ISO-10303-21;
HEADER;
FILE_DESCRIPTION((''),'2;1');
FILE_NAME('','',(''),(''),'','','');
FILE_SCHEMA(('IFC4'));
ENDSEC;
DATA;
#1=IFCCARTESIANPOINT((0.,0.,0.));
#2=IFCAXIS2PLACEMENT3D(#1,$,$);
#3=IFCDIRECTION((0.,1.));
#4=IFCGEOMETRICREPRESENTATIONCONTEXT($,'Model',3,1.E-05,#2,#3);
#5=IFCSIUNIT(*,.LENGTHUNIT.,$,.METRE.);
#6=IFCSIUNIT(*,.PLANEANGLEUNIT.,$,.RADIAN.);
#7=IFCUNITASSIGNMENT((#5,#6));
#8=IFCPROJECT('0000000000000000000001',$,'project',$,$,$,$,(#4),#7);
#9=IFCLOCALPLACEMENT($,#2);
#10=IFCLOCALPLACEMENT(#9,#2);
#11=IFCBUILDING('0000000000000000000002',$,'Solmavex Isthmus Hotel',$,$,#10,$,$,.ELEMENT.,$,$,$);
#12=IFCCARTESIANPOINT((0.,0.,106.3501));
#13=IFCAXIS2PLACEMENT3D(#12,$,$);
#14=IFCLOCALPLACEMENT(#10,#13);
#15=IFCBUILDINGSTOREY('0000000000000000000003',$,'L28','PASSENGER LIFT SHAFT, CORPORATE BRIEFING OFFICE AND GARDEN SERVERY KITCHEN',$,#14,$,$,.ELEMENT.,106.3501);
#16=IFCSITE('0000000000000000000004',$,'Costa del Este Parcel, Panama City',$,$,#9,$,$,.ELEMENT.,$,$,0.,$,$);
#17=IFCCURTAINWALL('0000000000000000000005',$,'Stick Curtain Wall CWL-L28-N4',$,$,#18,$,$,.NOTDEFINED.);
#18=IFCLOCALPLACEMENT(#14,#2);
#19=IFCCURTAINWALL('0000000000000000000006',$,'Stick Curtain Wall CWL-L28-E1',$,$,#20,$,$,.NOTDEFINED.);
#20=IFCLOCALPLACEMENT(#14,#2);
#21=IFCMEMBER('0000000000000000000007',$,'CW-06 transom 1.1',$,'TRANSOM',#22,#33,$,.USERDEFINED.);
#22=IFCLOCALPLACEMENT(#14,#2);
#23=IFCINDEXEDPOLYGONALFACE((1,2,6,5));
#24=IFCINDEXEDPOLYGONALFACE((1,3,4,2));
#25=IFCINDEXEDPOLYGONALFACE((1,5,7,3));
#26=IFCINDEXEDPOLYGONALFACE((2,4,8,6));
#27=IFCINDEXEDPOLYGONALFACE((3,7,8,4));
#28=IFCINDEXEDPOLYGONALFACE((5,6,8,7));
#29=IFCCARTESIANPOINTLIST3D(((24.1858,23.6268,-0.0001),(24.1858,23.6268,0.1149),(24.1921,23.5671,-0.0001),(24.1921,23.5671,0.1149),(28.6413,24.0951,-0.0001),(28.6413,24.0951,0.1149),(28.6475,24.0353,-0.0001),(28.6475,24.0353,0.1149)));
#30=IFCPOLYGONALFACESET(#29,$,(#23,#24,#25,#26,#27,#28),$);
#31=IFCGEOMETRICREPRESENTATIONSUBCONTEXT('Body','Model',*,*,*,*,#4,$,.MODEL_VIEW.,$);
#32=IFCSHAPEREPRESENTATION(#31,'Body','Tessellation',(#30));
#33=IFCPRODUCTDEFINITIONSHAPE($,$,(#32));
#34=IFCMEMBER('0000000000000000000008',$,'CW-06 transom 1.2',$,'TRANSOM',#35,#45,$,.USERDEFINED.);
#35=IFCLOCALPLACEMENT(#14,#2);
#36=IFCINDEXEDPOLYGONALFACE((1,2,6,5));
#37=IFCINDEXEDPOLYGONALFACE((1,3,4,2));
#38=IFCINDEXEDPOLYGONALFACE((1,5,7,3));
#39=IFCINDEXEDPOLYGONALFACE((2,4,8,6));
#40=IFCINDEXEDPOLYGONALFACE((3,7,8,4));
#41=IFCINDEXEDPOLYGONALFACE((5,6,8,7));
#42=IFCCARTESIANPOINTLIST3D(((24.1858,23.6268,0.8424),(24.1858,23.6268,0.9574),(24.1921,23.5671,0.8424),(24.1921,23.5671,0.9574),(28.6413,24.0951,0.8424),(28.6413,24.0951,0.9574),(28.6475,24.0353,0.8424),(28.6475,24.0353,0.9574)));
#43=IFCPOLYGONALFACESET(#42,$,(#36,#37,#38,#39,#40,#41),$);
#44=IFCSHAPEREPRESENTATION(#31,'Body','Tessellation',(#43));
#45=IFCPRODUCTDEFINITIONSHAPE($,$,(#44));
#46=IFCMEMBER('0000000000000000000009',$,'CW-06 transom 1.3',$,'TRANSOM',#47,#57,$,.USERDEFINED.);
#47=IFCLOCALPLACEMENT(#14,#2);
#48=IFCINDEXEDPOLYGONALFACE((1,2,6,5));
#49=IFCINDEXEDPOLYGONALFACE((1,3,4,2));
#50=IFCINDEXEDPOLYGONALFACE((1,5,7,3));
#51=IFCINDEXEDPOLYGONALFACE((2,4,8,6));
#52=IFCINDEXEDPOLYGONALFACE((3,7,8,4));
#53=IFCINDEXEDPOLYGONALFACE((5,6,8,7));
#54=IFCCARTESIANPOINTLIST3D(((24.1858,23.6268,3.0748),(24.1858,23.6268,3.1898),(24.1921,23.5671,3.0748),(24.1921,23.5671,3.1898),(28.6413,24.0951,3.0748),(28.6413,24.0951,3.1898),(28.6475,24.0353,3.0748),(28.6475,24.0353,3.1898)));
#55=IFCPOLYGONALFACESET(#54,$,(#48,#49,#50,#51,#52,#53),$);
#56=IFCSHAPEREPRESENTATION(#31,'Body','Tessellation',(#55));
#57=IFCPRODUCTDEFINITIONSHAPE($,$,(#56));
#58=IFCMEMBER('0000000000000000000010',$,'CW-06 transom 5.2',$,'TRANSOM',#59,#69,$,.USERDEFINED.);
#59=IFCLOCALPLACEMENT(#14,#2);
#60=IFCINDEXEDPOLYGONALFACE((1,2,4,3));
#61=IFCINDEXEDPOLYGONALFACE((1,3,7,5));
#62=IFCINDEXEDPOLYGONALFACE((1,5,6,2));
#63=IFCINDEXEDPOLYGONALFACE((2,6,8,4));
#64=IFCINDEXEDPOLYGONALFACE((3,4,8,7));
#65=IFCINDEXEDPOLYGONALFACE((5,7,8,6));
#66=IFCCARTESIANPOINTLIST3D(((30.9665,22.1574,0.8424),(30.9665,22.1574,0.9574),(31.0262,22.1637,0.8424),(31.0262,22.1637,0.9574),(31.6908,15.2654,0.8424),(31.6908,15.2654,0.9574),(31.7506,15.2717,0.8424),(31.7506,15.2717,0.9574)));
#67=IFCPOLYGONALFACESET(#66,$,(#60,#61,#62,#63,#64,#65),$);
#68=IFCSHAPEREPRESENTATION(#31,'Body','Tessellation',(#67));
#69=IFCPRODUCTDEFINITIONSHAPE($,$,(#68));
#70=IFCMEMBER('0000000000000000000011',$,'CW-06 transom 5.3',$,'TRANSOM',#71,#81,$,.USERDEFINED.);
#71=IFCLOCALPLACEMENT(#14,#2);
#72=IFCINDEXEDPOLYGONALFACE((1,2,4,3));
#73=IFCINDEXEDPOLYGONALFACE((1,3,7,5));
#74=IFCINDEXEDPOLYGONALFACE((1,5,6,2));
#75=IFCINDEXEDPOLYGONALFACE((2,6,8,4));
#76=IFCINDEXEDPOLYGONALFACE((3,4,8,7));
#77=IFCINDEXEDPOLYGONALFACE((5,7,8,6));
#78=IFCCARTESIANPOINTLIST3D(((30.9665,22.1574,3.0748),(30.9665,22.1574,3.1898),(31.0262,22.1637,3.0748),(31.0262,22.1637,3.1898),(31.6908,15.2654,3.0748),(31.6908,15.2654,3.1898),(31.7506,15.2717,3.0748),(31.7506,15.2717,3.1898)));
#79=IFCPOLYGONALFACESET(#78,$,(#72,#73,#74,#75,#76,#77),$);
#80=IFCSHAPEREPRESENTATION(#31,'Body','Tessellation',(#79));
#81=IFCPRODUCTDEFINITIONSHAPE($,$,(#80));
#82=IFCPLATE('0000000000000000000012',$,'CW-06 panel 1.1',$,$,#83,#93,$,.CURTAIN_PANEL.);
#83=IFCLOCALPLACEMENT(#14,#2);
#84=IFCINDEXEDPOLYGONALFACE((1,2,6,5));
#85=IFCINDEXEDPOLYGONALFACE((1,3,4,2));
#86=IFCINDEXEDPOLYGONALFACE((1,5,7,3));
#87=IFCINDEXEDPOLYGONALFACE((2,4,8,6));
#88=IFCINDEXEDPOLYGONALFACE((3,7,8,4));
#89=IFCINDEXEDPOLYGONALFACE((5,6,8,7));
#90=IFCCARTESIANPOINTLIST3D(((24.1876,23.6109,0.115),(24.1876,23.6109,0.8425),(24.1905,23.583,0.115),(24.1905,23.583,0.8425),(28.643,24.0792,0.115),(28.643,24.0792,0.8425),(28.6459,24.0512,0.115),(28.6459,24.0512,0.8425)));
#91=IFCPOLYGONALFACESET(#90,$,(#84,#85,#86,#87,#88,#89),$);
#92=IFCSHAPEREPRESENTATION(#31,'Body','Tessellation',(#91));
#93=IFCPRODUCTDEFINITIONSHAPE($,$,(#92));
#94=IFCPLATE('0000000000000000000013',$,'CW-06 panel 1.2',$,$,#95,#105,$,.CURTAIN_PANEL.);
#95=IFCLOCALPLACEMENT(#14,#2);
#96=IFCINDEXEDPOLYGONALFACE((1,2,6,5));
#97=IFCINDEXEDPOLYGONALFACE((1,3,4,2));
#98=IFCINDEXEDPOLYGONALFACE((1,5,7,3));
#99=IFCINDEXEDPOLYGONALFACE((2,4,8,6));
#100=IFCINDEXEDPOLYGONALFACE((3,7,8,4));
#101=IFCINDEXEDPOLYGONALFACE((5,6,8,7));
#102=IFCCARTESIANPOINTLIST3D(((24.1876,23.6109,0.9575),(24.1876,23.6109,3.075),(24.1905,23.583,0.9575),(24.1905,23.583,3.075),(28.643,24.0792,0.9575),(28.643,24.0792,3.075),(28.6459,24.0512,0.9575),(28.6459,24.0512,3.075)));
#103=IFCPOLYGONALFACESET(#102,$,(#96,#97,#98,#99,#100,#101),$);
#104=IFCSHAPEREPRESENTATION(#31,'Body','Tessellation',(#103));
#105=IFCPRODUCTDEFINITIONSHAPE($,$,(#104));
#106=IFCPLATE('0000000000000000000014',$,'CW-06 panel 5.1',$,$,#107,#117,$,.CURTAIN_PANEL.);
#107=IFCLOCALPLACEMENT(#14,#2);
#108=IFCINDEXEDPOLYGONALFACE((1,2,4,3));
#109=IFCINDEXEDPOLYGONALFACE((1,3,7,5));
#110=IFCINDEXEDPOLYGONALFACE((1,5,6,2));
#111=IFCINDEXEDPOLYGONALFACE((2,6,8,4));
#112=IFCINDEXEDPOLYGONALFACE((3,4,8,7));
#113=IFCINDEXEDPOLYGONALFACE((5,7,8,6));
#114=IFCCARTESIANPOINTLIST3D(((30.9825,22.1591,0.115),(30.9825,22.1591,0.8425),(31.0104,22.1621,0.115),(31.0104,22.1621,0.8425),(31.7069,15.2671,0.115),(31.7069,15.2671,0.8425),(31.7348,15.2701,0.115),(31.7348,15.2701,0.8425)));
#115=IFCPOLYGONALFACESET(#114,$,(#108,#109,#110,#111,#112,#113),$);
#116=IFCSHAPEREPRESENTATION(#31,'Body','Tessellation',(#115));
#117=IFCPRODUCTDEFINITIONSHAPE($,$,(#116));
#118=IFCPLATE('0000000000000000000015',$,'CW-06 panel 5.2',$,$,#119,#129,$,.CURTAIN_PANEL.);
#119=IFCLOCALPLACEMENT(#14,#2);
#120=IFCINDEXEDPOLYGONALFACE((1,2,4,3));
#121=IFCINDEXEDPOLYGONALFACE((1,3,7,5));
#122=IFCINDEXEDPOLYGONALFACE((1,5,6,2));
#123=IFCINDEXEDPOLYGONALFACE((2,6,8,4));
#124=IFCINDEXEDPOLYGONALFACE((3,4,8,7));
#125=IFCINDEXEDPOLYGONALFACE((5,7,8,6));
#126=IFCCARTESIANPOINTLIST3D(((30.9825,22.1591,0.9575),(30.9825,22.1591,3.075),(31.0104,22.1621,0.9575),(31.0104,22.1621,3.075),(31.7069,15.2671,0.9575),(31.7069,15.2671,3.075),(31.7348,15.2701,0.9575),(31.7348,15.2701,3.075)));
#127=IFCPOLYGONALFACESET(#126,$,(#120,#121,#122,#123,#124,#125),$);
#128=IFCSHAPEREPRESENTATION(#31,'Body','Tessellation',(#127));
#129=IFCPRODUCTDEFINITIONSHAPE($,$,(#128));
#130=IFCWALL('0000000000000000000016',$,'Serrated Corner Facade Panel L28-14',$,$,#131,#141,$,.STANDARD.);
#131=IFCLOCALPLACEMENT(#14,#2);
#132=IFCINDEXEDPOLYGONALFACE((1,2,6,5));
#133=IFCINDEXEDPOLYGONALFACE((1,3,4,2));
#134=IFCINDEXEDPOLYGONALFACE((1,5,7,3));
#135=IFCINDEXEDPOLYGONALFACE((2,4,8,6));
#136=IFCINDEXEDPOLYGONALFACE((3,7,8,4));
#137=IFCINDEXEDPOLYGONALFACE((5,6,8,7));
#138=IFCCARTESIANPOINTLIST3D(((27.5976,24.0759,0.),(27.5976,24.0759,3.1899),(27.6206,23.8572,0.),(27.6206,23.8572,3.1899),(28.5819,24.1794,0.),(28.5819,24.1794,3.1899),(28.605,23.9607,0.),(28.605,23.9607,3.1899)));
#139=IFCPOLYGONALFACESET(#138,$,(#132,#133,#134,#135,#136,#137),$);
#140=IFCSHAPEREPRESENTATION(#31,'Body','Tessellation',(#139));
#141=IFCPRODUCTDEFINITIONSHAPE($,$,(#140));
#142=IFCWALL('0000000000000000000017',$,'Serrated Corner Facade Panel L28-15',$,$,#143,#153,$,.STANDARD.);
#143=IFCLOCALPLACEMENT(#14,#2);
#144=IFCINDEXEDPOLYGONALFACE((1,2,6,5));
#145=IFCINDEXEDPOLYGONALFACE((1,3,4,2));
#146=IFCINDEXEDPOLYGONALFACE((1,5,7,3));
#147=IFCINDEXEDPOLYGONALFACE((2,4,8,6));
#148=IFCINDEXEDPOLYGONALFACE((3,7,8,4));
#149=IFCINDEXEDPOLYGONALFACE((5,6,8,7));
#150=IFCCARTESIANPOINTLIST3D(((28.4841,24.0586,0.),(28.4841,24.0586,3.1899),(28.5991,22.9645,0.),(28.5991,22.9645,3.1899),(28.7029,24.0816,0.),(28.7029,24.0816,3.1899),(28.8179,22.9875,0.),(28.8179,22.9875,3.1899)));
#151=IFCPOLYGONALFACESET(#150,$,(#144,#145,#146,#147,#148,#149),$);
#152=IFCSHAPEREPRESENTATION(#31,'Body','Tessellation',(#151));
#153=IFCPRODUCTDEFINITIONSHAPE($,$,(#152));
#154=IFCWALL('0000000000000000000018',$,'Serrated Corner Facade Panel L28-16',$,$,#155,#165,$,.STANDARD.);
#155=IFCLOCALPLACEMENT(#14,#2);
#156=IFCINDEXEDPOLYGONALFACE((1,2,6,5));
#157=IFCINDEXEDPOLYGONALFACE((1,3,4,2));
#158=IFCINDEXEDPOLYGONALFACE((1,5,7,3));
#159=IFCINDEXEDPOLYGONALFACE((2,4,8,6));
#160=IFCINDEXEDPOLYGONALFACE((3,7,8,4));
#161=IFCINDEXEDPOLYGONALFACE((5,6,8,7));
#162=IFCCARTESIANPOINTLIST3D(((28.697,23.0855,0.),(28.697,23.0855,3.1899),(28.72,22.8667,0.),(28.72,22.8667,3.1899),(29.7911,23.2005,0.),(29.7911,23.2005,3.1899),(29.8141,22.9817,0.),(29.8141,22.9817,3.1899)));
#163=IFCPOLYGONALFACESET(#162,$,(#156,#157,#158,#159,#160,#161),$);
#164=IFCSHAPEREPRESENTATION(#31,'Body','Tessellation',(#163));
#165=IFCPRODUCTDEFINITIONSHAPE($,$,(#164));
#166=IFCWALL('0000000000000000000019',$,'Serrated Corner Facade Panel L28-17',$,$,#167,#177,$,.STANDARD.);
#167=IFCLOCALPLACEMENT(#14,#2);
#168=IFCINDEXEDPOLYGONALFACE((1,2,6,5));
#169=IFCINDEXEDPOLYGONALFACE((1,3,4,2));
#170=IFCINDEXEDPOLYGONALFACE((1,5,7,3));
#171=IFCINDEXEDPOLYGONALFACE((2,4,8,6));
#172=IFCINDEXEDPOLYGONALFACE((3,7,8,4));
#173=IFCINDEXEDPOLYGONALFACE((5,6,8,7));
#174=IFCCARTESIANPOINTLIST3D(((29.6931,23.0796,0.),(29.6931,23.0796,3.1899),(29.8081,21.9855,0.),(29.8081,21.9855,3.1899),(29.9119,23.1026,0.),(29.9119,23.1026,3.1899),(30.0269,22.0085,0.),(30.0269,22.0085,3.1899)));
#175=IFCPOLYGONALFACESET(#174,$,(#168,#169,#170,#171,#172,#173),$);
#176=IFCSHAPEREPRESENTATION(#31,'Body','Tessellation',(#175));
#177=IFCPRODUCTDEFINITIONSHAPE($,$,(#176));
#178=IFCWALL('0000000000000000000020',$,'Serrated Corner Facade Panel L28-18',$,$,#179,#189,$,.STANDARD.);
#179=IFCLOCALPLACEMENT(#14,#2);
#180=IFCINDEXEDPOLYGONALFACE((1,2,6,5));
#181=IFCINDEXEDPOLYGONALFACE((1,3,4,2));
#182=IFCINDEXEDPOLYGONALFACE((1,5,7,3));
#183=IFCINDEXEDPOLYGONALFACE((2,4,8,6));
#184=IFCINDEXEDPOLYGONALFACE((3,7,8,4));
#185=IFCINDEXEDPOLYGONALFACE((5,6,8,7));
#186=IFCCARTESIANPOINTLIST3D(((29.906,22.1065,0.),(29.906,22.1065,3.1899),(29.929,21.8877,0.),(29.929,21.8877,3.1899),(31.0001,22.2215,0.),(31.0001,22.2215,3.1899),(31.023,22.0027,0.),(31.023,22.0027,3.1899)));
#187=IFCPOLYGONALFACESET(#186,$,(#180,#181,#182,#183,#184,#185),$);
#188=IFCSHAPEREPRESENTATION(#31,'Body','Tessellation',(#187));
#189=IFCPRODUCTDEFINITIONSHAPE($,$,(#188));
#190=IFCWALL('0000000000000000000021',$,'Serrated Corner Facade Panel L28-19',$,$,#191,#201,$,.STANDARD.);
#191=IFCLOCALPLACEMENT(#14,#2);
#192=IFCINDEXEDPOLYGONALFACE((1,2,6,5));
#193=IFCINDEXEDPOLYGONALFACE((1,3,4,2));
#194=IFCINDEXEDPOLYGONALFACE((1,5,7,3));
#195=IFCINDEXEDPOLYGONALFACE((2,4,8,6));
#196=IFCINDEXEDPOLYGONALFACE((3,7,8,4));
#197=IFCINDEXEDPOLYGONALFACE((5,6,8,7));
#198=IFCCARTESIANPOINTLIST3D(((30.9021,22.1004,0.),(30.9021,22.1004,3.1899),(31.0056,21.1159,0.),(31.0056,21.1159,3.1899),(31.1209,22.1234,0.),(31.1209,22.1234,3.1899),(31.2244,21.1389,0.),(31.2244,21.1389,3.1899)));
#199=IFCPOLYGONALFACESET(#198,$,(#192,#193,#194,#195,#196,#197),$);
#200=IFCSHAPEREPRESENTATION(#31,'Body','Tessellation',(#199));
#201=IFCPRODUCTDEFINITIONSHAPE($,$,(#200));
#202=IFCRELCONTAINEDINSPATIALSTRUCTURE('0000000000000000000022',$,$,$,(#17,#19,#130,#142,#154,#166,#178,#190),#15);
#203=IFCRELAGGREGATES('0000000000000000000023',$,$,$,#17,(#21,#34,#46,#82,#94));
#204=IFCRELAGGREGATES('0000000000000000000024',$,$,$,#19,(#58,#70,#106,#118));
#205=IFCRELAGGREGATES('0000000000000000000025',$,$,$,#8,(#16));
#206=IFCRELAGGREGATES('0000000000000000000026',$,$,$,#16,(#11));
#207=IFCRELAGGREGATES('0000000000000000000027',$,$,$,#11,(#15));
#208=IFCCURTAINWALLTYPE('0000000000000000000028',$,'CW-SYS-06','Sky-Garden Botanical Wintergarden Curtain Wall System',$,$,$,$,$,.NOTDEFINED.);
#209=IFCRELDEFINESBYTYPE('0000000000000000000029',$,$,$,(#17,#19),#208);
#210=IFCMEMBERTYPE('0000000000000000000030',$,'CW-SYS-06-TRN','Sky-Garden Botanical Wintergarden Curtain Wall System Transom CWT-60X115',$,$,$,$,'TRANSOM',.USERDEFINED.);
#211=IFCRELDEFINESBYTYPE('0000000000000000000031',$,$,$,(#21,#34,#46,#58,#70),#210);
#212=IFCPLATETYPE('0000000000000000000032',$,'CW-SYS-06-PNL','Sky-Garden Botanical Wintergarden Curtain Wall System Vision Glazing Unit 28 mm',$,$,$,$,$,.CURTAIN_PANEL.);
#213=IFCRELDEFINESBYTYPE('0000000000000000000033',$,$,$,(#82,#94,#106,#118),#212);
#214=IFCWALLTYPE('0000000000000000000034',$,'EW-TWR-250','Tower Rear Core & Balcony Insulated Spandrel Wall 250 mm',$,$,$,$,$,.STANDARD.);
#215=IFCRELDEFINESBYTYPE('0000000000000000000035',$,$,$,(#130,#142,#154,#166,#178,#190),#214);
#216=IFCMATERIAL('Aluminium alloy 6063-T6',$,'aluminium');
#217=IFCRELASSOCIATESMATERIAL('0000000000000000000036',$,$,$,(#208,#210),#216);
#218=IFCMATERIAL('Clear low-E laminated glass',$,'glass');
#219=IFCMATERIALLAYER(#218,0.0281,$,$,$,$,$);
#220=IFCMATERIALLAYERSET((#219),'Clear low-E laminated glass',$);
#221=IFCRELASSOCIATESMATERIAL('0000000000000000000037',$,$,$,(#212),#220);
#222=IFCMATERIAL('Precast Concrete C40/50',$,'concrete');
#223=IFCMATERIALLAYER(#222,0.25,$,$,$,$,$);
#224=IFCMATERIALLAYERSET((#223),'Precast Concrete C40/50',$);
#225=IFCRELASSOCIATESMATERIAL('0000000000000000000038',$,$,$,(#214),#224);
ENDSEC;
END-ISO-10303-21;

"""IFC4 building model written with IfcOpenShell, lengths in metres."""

from ifc_helpers import new_model, si_unit, direction, frame, frame_2d, origin, origin_2d, place, context, subcontext, project, spatial, rectangle, extrude, material, layer, layer_set, material_profile, profile_set, type_object, element, aggregate, save


model = new_model("IFC4")

# Units and contexts
model_context = context("Model", 3, precision=1e-05, world=origin(), true_north=direction((0.0, 1.0)))
body_context = subcontext(model_context, "Body", "Model", "MODEL_VIEW")
ifc_project = project(units=[si_unit("LENGTHUNIT", "METRE"), si_unit("PLANEANGLEUNIT", "RADIAN")], contexts=[model_context])

# Site, building, storey
site_placement = place(None, origin())
site = spatial("IfcSite", under=ifc_project, at=site_placement, Name="Costa del Este Parcel, Panama City", CompositionType="ELEMENT", RefElevation=0.0)
building_placement = place(site_placement, origin())
building = spatial("IfcBuilding", under=site, at=building_placement, Name="Solmavex Isthmus Hotel", CompositionType="ELEMENT")
storey_placement = place(building_placement, frame((0.0, 0.0, 106.3501)))
storey = spatial("IfcBuildingStorey", under=building, at=storey_placement, Name="L28", Description="PASSENGER LIFT SHAFT, CORPORATE BRIEFING OFFICE AND GARDEN SERVERY KITCHEN", CompositionType="ELEMENT", Elevation=106.3501)

# Shared definitions
ifc_material_1 = material(Name="Aluminium alloy 6063-T6", Category="aluminium")
curtain_wall_type = type_object("IfcCurtainWallType", Name="CW-SYS-06", Description="Sky-Garden Botanical Wintergarden Curtain Wall System", PredefinedType="NOTDEFINED", material=ifc_material_1)

# Curtain wall
curtain_wall_1_placement = place(storey_placement, origin())
curtain_wall_1 = element("IfcCurtainWall", 1, at=curtain_wall_1_placement, inside=storey, type_object=curtain_wall_type, Name="Stick Curtain Wall CWL-L28-N4", PredefinedType="NOTDEFINED")

# Curtain wall
curtain_wall_2_placement = place(storey_placement, origin())
curtain_wall_2 = element("IfcCurtainWall", 2, at=curtain_wall_2_placement, inside=storey, type_object=curtain_wall_type, Name="Stick Curtain Wall CWL-L28-E1", PredefinedType="NOTDEFINED")

# Members
ifc_material_profile_1 = material_profile(ifc_material_1, rectangle(XDim=0.0601, YDim=0.115, at=origin_2d()), Name="CWT-60X115")
ifc_profile_set_1 = profile_set([ifc_material_profile_1], Name="Aluminium alloy 6063-T6")
member_type_1 = type_object("IfcMemberType", Name="CW-SYS-06-TRN", Description="Sky-Garden Botanical Wintergarden Curtain Wall System Transom CWT-60X115", ElementType="TRANSOM", PredefinedType="USERDEFINED", material=ifc_profile_set_1)
member_1_placement = place(storey_placement, frame((24.189, 23.5969, 0.0574), z_axis=(0.994522, 0.104526, 0.0), x_axis=(-0.104526, 0.994522, 0.0)))
member_1 = element("IfcMember", 3, at=member_1_placement, type_object=member_type_1, Name="CW-06 transom 1.1", ObjectType="TRANSOM", PredefinedType="USERDEFINED", context=body_context, shape_type="SweptSolid", body=[
    extrude(rectangle(XDim=0.0601, YDim=0.115, at=origin_2d()), origin(), (0.0, 0.0, 1.0), 4.48),
])
member_2_placement = place(storey_placement, frame((24.189, 23.5969, 0.8999), z_axis=(0.994522, 0.104526, 0.0), x_axis=(-0.104526, 0.994522, 0.0)))
member_2 = element("IfcMember", 4, at=member_2_placement, type_object=member_type_1, Name="CW-06 transom 1.2", ObjectType="TRANSOM", PredefinedType="USERDEFINED", context=body_context, shape_type="SweptSolid", body=[
    extrude(rectangle(XDim=0.0601, YDim=0.115, at=origin_2d()), origin(), (0.0, 0.0, 1.0), 4.48),
])
member_3_placement = place(storey_placement, frame((24.189, 23.5969, 3.1323), z_axis=(0.994522, 0.104526, 0.0), x_axis=(-0.104526, 0.994522, 0.0)))
member_3 = element("IfcMember", 5, at=member_3_placement, type_object=member_type_1, Name="CW-06 transom 1.3", ObjectType="TRANSOM", PredefinedType="USERDEFINED", context=body_context, shape_type="SweptSolid", body=[
    extrude(rectangle(XDim=0.0601, YDim=0.115, at=origin_2d()), origin(), (0.0, 0.0, 1.0), 4.48),
])
member_4_placement = place(storey_placement, frame((31.7207, 15.2686, 0.8999), z_axis=(-0.104525, 0.994522, 0.0), x_axis=(-0.994522, -0.104525, 0.0)))
member_4 = element("IfcMember", 6, at=member_4_placement, type_object=member_type_1, Name="CW-06 transom 5.2", ObjectType="TRANSOM", PredefinedType="USERDEFINED", context=body_context, shape_type="SweptSolid", body=[
    extrude(rectangle(XDim=0.0601, YDim=0.115, at=origin_2d()), origin(), (0.0, 0.0, 1.0), 6.9299),
])
member_5_placement = place(storey_placement, frame((31.7207, 15.2686, 3.1323), z_axis=(-0.104525, 0.994522, 0.0), x_axis=(-0.994522, -0.104525, 0.0)))
member_5 = element("IfcMember", 7, at=member_5_placement, type_object=member_type_1, Name="CW-06 transom 5.3", ObjectType="TRANSOM", PredefinedType="USERDEFINED", context=body_context, shape_type="SweptSolid", body=[
    extrude(rectangle(XDim=0.0601, YDim=0.115, at=origin_2d()), origin(), (0.0, 0.0, 1.0), 6.9299),
])

# Plates
ifc_material_2 = material(Name="Clear low-E laminated glass", Category="glass")
ifc_layer_1 = layer(ifc_material_2, 0.0281)
ifc_layer_set_1 = layer_set([ifc_layer_1], Name="Clear low-E laminated glass")
plate_type = type_object("IfcPlateType", Name="CW-SYS-06-PNL", Description="Sky-Garden Botanical Wintergarden Curtain Wall System Vision Glazing Unit 28 mm", PredefinedType="CURTAIN_PANEL", material=ifc_layer_set_1)
plate_1_placement = place(storey_placement, frame((26.4167, 23.8311, 0.115), z_axis=(0.0, 0.0, 1.0), x_axis=(0.994522, 0.104528, 0.0)))
plate_1 = element("IfcPlate", 8, at=plate_1_placement, type_object=plate_type, Name="CW-06 panel 1.1", PredefinedType="CURTAIN_PANEL", context=body_context, shape_type="SweptSolid", body=[
    extrude(rectangle(XDim=4.48, YDim=0.0281, at=origin_2d()), origin(), (0.0, 0.0, 1.0), 0.7275),
])
plate_2_placement = place(storey_placement, frame((26.4167, 23.8311, 0.9575), z_axis=(0.0, 0.0, 1.0), x_axis=(0.994522, 0.104528, 0.0)))
plate_2 = element("IfcPlate", 9, at=plate_2_placement, type_object=plate_type, Name="CW-06 panel 1.2", PredefinedType="CURTAIN_PANEL", context=body_context, shape_type="SweptSolid", body=[
    extrude(rectangle(XDim=4.48, YDim=0.0281, at=origin_2d()), origin(), (0.0, 0.0, 1.0), 2.1174),
])
aggregate(curtain_wall_1, [member_1, member_2, member_3, plate_1, plate_2])
plate_3_placement = place(storey_placement, frame((31.3586, 18.7146, 0.115), z_axis=(0.0, 0.0, 1.0), x_axis=(-0.104528, 0.994522, 0.0)))
plate_3 = element("IfcPlate", 10, at=plate_3_placement, type_object=plate_type, Name="CW-06 panel 5.1", PredefinedType="CURTAIN_PANEL", context=body_context, shape_type="SweptSolid", body=[
    extrude(rectangle(XDim=6.9299, YDim=0.0281, at=origin_2d()), origin(), (0.0, 0.0, 1.0), 0.7275),
])
plate_4_placement = place(storey_placement, frame((31.3586, 18.7146, 0.9575), z_axis=(0.0, 0.0, 1.0), x_axis=(-0.104528, 0.994522, 0.0)))
plate_4 = element("IfcPlate", 11, at=plate_4_placement, type_object=plate_type, Name="CW-06 panel 5.2", PredefinedType="CURTAIN_PANEL", context=body_context, shape_type="SweptSolid", body=[
    extrude(rectangle(XDim=6.9299, YDim=0.0281, at=origin_2d()), origin(), (0.0, 0.0, 1.0), 2.1174),
])
aggregate(curtain_wall_2, [member_4, member_5, plate_3, plate_4])

# Shared definitions
ifc_material_3 = material(Name="Precast Concrete C40/50", Category="concrete")
ifc_layer_2 = layer(ifc_material_3, 0.25)
ifc_layer_set_2 = layer_set([ifc_layer_2], Name="Precast Concrete C40/50")
wall_type_1 = type_object("IfcWallType", Name="EW-TWR-250", Description="Tower Rear Core & Balcony Insulated Spandrel Wall 250 mm", PredefinedType="STANDARD", material=ifc_layer_set_2)

# Walls
wall_1_placement = place(storey_placement, frame((27.6091, 23.9666, 0.0), z_axis=(0.0, 0.0, 1.0), x_axis=(0.994516, 0.104582, 0.0)))
element("IfcWall", 12, at=wall_1_placement, inside=storey, type_object=wall_type_1, Name="Serrated Corner Facade Panel L28-14", PredefinedType="STANDARD", context=body_context, shape_type="SweptSolid", body=[
    extrude(rectangle(XDim=0.9897, YDim=0.22, at=frame_2d((0.4949, 0.0))), origin(), (0.0, 0.0, 1.0), 3.1899),
])
for number, where, z_axis, x_axis, name in (
    (13, (28.5935, 24.0701, 0.0), (0.0, 0.0, 1.0), (0.104535, -0.994521, 0.0), "Serrated Corner Facade Panel L28-15"),
    (14, (28.7085, 22.9761, 0.0), (0.0, 0.0, 1.0), (0.994521, 0.104535, 0.0), "Serrated Corner Facade Panel L28-16"),
    (15, (29.8025, 23.0911, 0.0), (0.0, 0.0, 1.0), (0.104535, -0.994521, 0.0), "Serrated Corner Facade Panel L28-17"),
    (16, (29.9175, 21.9971, 0.0), (0.0, 0.0, 1.0), (0.994521, 0.104535, 0.0), "Serrated Corner Facade Panel L28-18"),
):
    element("IfcWall", number, at=place(storey_placement, frame(where, z_axis=z_axis, x_axis=x_axis)), inside=storey, type_object=wall_type_1, Name=name, PredefinedType="STANDARD", context=body_context, shape_type="SweptSolid", body=[
        extrude(rectangle(XDim=1.1001, YDim=0.22, at=frame_2d((0.55, 0.0))), origin(), (0.0, 0.0, 1.0), 3.1899),
    ])
wall_2_placement = place(storey_placement, frame((31.0115, 22.1121, 0.0), z_axis=(0.0, 0.0, 1.0), x_axis=(0.104556, -0.994519, 0.0)))
element("IfcWall", 17, at=wall_2_placement, inside=storey, type_object=wall_type_1, Name="Serrated Corner Facade Panel L28-19", PredefinedType="STANDARD", context=body_context, shape_type="SweptSolid", body=[
    extrude(rectangle(XDim=0.99, YDim=0.22, at=frame_2d((0.4951, 0.0))), origin(), (0.0, 0.0, 1.0), 3.1899),
])

save(model, "model.ifc")
